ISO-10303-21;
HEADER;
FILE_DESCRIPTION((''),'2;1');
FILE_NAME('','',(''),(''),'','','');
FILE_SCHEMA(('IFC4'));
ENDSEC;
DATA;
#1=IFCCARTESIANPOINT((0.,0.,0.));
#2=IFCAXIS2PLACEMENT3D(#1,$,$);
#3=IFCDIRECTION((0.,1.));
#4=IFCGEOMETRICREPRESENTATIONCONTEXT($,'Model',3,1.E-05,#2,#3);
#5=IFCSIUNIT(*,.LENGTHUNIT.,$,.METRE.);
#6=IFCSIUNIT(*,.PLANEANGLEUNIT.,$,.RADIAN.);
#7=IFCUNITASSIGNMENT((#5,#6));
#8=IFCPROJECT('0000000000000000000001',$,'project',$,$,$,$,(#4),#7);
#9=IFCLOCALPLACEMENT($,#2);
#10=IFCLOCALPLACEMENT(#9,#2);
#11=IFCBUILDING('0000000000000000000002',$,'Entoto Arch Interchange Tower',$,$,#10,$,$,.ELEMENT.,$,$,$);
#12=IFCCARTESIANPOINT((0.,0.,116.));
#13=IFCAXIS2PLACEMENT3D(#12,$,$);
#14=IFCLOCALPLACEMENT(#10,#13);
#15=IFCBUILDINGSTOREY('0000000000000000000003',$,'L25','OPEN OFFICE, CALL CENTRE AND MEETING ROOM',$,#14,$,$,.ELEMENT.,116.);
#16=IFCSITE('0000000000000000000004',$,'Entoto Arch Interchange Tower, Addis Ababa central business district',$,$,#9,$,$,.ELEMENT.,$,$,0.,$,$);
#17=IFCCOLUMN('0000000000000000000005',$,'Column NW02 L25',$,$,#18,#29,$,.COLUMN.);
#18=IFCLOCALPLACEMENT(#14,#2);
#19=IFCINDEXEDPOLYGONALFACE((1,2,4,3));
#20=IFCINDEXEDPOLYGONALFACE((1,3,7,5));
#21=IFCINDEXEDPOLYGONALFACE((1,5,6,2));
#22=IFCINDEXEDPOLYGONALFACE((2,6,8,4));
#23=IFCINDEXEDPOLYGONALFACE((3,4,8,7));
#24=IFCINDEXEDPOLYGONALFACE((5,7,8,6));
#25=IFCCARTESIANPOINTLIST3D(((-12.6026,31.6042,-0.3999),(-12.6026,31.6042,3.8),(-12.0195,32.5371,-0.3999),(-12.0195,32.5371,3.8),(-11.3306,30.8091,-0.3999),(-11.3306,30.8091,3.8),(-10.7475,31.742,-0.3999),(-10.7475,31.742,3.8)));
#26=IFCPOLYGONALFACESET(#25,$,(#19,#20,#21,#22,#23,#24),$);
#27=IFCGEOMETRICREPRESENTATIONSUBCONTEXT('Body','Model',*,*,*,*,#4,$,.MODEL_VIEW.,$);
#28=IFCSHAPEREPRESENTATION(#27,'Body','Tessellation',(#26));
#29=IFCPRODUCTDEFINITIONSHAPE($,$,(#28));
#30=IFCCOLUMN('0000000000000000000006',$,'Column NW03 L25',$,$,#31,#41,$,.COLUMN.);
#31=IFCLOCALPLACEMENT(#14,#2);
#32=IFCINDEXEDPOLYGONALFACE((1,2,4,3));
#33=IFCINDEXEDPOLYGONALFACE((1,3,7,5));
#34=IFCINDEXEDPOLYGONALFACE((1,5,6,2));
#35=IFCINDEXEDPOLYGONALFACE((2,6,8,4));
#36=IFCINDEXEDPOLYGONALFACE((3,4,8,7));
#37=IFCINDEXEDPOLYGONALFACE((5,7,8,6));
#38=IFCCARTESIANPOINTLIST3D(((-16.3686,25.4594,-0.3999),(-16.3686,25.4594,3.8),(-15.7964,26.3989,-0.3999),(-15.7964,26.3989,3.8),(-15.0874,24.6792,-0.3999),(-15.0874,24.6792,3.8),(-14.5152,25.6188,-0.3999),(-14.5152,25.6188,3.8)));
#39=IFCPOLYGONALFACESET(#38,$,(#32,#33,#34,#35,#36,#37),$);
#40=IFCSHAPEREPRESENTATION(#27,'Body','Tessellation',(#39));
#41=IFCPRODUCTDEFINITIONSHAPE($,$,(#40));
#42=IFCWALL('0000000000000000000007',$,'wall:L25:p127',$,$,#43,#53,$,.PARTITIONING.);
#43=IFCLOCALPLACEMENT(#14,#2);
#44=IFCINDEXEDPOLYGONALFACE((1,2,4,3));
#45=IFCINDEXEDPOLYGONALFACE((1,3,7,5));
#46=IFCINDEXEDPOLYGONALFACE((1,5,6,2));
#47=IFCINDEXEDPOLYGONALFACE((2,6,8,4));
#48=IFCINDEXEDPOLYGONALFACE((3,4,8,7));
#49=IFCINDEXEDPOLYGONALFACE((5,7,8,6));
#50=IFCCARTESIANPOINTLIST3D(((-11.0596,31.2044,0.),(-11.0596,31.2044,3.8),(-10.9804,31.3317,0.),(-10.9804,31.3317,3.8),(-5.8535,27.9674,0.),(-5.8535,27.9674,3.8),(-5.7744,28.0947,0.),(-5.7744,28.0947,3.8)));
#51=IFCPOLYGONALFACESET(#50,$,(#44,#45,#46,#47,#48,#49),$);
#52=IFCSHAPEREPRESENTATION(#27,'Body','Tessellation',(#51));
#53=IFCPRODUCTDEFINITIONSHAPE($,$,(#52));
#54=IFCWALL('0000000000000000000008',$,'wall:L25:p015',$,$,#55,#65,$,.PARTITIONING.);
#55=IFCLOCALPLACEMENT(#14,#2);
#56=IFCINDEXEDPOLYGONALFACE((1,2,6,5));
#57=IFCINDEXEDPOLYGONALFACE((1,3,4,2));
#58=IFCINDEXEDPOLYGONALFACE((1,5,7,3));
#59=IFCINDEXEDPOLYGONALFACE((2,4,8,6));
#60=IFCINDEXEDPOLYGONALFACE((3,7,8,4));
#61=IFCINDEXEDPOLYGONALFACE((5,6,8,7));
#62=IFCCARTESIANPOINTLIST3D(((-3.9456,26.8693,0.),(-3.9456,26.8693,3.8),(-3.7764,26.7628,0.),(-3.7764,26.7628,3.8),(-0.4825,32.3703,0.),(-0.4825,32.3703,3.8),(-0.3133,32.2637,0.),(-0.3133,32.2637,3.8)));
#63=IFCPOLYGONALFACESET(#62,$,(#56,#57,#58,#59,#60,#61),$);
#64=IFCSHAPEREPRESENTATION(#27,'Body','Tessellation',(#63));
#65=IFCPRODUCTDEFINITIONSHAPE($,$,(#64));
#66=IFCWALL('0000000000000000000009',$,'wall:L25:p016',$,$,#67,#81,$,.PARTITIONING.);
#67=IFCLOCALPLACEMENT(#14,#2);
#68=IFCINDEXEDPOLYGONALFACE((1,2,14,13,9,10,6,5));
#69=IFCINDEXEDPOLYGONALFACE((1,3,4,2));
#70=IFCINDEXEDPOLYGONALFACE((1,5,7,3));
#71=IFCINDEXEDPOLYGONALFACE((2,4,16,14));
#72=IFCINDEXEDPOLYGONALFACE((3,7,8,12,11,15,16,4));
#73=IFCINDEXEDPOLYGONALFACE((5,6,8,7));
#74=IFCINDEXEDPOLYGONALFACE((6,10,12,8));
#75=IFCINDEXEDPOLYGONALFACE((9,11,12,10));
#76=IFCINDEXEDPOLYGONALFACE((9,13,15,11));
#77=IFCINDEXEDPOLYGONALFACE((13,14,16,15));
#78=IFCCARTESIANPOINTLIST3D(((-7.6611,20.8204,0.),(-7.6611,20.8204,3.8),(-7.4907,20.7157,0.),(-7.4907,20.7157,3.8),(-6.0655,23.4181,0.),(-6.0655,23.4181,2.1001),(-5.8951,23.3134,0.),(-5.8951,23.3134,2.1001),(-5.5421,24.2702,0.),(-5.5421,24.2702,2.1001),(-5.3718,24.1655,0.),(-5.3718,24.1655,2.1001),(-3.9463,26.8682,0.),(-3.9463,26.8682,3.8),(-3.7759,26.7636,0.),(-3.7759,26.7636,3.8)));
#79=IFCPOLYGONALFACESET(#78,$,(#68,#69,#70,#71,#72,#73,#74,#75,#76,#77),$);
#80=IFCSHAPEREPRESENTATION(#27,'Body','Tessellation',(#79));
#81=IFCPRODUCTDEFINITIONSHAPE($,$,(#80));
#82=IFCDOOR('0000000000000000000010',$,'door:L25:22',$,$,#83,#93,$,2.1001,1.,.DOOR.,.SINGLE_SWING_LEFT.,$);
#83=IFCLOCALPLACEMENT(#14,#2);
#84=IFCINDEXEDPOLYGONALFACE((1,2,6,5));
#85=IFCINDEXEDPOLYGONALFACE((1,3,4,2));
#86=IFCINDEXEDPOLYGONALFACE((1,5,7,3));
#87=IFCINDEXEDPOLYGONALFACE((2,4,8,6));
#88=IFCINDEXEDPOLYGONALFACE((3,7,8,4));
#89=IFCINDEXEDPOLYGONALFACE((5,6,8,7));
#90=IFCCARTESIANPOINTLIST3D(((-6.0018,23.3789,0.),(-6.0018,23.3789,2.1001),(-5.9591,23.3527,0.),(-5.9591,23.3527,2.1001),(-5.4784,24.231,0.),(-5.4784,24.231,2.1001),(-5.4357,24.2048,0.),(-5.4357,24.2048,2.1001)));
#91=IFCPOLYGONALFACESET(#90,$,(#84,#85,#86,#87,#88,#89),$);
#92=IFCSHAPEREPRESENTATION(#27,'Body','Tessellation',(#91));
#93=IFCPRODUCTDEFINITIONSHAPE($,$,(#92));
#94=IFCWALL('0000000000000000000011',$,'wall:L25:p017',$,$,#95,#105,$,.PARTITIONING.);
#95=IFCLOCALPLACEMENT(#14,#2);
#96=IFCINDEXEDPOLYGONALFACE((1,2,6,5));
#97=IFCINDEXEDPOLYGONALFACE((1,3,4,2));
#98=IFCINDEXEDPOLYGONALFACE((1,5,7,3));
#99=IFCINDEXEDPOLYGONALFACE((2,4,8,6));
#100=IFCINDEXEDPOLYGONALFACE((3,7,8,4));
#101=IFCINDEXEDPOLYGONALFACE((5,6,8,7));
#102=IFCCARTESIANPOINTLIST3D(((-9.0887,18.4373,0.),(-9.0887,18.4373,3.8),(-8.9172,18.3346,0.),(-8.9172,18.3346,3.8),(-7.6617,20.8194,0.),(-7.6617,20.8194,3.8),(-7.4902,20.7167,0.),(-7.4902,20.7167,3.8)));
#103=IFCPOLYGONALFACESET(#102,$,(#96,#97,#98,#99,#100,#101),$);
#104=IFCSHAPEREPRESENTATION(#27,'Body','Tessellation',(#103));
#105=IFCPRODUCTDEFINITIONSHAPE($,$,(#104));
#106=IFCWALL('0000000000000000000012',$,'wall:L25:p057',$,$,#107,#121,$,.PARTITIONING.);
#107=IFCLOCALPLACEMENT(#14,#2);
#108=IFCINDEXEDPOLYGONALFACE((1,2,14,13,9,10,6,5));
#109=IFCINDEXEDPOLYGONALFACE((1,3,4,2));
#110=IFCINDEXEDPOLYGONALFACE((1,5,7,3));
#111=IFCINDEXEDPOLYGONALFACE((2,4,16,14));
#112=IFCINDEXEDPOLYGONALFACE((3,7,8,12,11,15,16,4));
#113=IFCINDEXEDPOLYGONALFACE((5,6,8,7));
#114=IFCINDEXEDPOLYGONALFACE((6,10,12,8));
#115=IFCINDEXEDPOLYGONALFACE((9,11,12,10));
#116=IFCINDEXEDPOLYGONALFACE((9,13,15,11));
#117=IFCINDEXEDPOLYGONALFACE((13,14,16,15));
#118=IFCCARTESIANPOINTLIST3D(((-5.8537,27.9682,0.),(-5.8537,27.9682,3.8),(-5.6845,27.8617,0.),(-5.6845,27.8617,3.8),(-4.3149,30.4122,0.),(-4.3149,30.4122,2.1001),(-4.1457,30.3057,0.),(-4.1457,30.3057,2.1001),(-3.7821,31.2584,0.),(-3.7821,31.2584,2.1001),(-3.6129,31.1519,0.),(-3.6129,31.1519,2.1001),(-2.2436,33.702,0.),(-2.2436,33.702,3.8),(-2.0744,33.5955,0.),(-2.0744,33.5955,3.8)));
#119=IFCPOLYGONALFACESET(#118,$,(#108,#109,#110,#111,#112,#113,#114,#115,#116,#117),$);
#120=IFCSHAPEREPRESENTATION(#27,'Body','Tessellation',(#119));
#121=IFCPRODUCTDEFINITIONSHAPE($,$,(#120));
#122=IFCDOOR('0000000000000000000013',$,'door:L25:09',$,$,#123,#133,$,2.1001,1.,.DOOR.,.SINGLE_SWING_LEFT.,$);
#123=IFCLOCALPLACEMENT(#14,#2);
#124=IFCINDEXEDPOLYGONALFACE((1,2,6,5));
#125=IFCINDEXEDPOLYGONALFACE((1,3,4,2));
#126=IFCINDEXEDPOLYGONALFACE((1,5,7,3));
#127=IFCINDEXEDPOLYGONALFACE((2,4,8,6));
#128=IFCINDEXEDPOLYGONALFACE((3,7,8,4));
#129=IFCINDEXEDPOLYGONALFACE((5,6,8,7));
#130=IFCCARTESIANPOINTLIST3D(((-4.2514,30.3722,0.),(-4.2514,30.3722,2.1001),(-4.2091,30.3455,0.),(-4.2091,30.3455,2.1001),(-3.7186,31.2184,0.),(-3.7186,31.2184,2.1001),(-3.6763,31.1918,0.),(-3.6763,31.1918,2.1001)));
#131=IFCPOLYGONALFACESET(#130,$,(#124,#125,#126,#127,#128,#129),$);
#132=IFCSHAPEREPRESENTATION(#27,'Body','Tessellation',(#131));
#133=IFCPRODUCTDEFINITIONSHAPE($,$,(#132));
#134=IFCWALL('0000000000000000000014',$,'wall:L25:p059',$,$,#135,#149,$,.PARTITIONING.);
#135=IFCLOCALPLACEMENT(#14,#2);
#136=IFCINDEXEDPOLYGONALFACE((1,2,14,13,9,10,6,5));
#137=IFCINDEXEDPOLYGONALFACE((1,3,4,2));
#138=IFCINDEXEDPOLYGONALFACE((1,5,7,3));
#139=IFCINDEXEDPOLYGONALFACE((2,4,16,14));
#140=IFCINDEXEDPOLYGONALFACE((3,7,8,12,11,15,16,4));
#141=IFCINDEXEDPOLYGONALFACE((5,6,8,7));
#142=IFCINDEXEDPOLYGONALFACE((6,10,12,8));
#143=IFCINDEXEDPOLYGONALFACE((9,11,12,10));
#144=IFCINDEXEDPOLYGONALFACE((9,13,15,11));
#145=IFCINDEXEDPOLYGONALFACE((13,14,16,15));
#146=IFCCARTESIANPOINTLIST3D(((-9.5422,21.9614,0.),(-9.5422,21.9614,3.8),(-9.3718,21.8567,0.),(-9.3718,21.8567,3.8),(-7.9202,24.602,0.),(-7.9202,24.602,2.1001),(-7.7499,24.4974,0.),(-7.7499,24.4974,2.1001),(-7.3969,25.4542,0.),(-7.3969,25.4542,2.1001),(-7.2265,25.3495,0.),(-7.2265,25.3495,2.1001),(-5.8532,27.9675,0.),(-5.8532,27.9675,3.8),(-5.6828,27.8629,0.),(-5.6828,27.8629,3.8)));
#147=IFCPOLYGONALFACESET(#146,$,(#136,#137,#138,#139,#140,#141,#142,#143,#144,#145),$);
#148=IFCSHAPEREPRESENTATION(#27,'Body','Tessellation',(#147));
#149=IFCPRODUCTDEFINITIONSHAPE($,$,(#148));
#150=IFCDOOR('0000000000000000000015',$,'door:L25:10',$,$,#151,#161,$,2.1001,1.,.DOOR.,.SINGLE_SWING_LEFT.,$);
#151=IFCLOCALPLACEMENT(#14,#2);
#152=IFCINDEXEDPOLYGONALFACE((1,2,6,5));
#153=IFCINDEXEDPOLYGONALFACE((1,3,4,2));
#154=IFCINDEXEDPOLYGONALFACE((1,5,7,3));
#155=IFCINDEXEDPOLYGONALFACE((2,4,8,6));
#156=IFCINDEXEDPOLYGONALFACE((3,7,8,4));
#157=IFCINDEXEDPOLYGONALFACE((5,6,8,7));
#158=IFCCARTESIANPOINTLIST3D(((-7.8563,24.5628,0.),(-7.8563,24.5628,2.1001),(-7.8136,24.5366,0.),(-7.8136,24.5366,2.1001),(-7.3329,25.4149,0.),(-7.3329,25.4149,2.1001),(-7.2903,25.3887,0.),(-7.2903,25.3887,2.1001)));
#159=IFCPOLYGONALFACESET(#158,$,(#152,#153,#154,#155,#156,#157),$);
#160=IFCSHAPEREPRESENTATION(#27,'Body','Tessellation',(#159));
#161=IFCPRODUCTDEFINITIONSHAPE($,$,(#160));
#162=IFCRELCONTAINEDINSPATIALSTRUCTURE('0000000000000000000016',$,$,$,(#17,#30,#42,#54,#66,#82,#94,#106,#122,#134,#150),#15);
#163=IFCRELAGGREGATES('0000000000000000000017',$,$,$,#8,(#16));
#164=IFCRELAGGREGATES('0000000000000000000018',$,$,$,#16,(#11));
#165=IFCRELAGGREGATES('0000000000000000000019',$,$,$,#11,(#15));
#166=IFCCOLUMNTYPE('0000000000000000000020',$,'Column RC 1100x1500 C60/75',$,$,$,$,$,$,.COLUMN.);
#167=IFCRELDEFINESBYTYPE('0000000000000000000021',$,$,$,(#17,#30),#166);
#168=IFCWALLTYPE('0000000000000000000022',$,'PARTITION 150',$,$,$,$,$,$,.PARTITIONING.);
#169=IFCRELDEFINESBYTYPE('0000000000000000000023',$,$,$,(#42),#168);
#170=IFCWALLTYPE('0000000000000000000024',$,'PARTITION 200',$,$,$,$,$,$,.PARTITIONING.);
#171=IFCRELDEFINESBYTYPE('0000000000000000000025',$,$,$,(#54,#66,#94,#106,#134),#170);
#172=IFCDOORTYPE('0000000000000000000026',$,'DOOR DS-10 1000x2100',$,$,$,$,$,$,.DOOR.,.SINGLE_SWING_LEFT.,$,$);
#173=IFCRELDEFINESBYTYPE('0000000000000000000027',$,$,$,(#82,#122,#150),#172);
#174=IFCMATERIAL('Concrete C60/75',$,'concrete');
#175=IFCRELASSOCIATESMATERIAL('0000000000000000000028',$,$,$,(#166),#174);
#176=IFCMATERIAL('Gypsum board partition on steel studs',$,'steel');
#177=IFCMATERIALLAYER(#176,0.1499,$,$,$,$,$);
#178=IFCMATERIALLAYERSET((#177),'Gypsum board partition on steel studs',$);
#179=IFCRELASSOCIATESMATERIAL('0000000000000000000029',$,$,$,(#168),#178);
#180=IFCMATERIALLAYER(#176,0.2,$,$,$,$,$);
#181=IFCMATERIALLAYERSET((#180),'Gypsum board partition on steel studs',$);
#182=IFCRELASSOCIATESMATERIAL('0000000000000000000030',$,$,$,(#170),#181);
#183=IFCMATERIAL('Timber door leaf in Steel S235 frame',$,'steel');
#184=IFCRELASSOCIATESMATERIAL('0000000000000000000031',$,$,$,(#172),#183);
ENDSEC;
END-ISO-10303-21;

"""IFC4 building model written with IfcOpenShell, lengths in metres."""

from ifc_helpers import new_model, si_unit, direction, frame, frame_2d, origin, origin_2d, place, context, subcontext, project, spatial, rectangle, extrude, material, layer, layer_set, material_profile, profile_set, type_object, element, fill, save


model = new_model("IFC4")

# Units and contexts
model_context = context("Model", 3, precision=1e-05, world=origin(), true_north=direction((0.0, 1.0)))
body_context = subcontext(model_context, "Body", "Model", "MODEL_VIEW")
ifc_project = project(units=[si_unit("LENGTHUNIT", "METRE"), si_unit("PLANEANGLEUNIT", "RADIAN")], contexts=[model_context])

# Site, building, storey
site_placement = place(None, origin())
site = spatial("IfcSite", under=ifc_project, at=site_placement, Name="Entoto Arch Interchange Tower, Addis Ababa central business district", CompositionType="ELEMENT", RefElevation=0.0)
building_placement = place(site_placement, origin())
building = spatial("IfcBuilding", under=site, at=building_placement, Name="Entoto Arch Interchange Tower", CompositionType="ELEMENT")
storey_placement = place(building_placement, frame((0.0, 0.0, 116.0)))
storey = spatial("IfcBuildingStorey", under=building, at=storey_placement, Name="L25", Description="OPEN OFFICE, CALL CENTRE AND MEETING ROOM", CompositionType="ELEMENT", Elevation=116.0)

# Columns
ifc_material_1 = material(Name="Concrete C60/75", Category="concrete")
ifc_material_profile = material_profile(ifc_material_1, rectangle(XDim=1.1001, YDim=1.5, at=origin_2d()))
ifc_profile_set = profile_set([ifc_material_profile], Name="Concrete C60/75")
column_type = type_object("IfcColumnType", Name="Column RC 1100x1500 C60/75", PredefinedType="COLUMN", material=ifc_profile_set)
for number, where, z_axis, x_axis, name in (
    (1, (-11.675, 31.6731, -0.3999), (0.0, 0.0, 1.0), (0.530067, 0.847956, 0.0), "Column NW02 L25"),
    (2, (-15.4419, 25.5391, -0.3999), (0.0, 0.0, 1.0), (0.520116, 0.854096, 0.0), "Column NW03 L25"),
):
    element("IfcColumn", number, at=place(storey_placement, frame(where, z_axis=z_axis, x_axis=x_axis)), inside=storey, type_object=column_type, Name=name, PredefinedType="COLUMN", context=body_context, shape_type="SweptSolid", body=[
        extrude(rectangle(XDim=1.1001, YDim=1.5, at=origin_2d()), origin(), (0.0, 0.0, 1.0), 4.2),
    ])

# Walls
ifc_material_2 = material(Name="Gypsum board partition on steel studs", Category="steel")
ifc_layer_1 = layer(ifc_material_2, 0.1499)
ifc_layer_set_1 = layer_set([ifc_layer_1], Name="Gypsum board partition on steel studs")
wall_type_1 = type_object("IfcWallType", Name="PARTITION 150", PredefinedType="PARTITIONING", material=ifc_layer_set_1)
wall_1_placement = place(storey_placement, frame((-5.814, 28.031, 0.0), z_axis=(0.0, 0.0, 1.0), x_axis=(-0.849222, 0.528036, 0.0)))
element("IfcWall", 3, at=wall_1_placement, inside=storey, type_object=wall_type_1, Name="wall:L25:p127", PredefinedType="PARTITIONING", context=body_context, shape_type="SweptSolid", body=[
    extrude(rectangle(XDim=6.1304, YDim=0.1499, at=frame_2d((3.0652, 0.0))), origin(), (0.0, 0.0, 1.0), 3.8),
])
ifc_layer_2 = layer(ifc_material_2, 0.2)
ifc_layer_set_2 = layer_set([ifc_layer_2], Name="Gypsum board partition on steel studs")
wall_type_2 = type_object("IfcWallType", Name="PARTITION 200", PredefinedType="PARTITIONING", material=ifc_layer_set_2)
wall_2_placement = place(storey_placement, frame((-0.3979, 32.3169, 0.0), z_axis=(0.0, 0.0, 1.0), x_axis=(-0.532764, -0.846264, 0.0)))
element("IfcWall", 4, at=wall_2_placement, inside=storey, type_object=wall_type_2, Name="wall:L25:p015", PredefinedType="PARTITIONING", context=body_context, shape_type="SweptSolid", body=[
    extrude(rectangle(XDim=6.5002, YDim=0.2, at=frame_2d((3.25, 0.0))), origin(), (0.0, 0.0, 1.0), 3.8),
])

# Wall, opening, door
wall_3_placement = place(storey_placement, frame((-3.8611, 26.8159, 0.0), z_axis=(0.0, 0.0, 1.0), x_axis=(-0.523391, -0.852093, 0.0)))
wall_3 = element("IfcWall", 5, at=wall_3_placement, inside=storey, type_object=wall_type_2, Name="wall:L25:p016", PredefinedType="PARTITIONING", context=body_context, shape_type="SweptSolid", body=[
    extrude(rectangle(XDim=7.0977, YDim=0.2, at=frame_2d((3.5488, 0.0))), origin(), (0.0, 0.0, 1.0), 3.8),
])
opening_1_placement = place(wall_3_placement, frame((3.0491, 0.0, 0.0)))
opening_1 = element("IfcOpeningElement", 6, at=opening_1_placement, cuts=wall_3, PredefinedType="OPENING", context=body_context, shape_type="SweptSolid", body=[
    extrude(rectangle(XDim=1.0, YDim=2.1001, at=frame_2d((0.5, 1.05))), frame((0.0, 0.1099, 0.0), z_axis=(0.0, -1.0, 0.0), x_axis=(1.0, 0.0, 0.0)), (0.0, 0.0, 1.0), 0.22),
])
ifc_material_3 = material(Name="Timber door leaf in Steel S235 frame", Category="steel")
door_type = type_object("IfcDoorType", Name="DOOR DS-10 1000x2100", OperationType="SINGLE_SWING_LEFT", PredefinedType="DOOR", material=ifc_material_3)
door_1_placement = place(opening_1_placement, origin())
door_1 = element("IfcDoor", 7, at=door_1_placement, inside=storey, type_object=door_type, Name="door:L25:22", OperationType="SINGLE_SWING_LEFT", OverallHeight=2.1001, OverallWidth=1.0, PredefinedType="DOOR", context=body_context, shape_type="SweptSolid", body=[
    extrude(rectangle(XDim=1.0, YDim=2.1001, at=frame_2d((0.5, 1.05))), frame((0.0, 0.0249, 0.0), z_axis=(0.0, -1.0, 0.0), x_axis=(1.0, 0.0, 0.0)), (0.0, 0.0, 1.0), 0.05),
])
fill(opening_1, door_1)

# Wall
wall_4_placement = place(storey_placement, frame((-7.5759, 20.7681, 0.0), z_axis=(0.0, 0.0, 1.0), x_axis=(-0.513901, -0.85785, 0.0)))
element("IfcWall", 8, at=wall_4_placement, inside=storey, type_object=wall_type_2, Name="wall:L25:p017", PredefinedType="PARTITIONING", context=body_context, shape_type="SweptSolid", body=[
    extrude(rectangle(XDim=2.7769, YDim=0.2, at=frame_2d((1.3884, 0.0))), origin(), (0.0, 0.0, 1.0), 3.8),
])

# Walls, openings, doors
wall_5_placement = place(storey_placement, frame((-5.769, 27.915, 0.0), z_axis=(0.0, 0.0, 1.0), x_axis=(0.532801, 0.846241, 0.0)))
wall_5 = element("IfcWall", 9, at=wall_5_placement, inside=storey, type_object=wall_type_2, Name="wall:L25:p057", PredefinedType="PARTITIONING", context=body_context, shape_type="SweptSolid", body=[
    extrude(rectangle(XDim=6.7756, YDim=0.2, at=frame_2d((3.3877, 0.0))), origin(), (0.0, 0.0, 1.0), 3.8),
])
opening_2_placement = place(wall_5_placement, frame((2.8879, 0.0, 0.0)))
opening_2 = element("IfcOpeningElement", 10, at=opening_2_placement, cuts=wall_5, PredefinedType="OPENING", context=body_context, shape_type="SweptSolid", body=[
    extrude(rectangle(XDim=1.0, YDim=2.1001, at=frame_2d((0.5, 1.05))), frame((0.0, 0.1099, 0.0), z_axis=(0.0, -1.0, 0.0), x_axis=(1.0, 0.0, 0.0)), (0.0, 0.0, 1.0), 0.22),
])
door_2_placement = place(opening_2_placement, origin())
door_2 = element("IfcDoor", 11, at=door_2_placement, inside=storey, type_object=door_type, Name="door:L25:09", OperationType="SINGLE_SWING_LEFT", OverallHeight=2.1001, OverallWidth=1.0, PredefinedType="DOOR", context=body_context, shape_type="SweptSolid", body=[
    extrude(rectangle(XDim=1.0, YDim=2.1001, at=frame_2d((0.5, 1.05))), frame((0.0, 0.0249, 0.0), z_axis=(0.0, -1.0, 0.0), x_axis=(1.0, 0.0, 0.0)), (0.0, 0.0, 1.0), 0.05),
])
fill(opening_2, door_2)
wall_6_placement = place(storey_placement, frame((-9.457, 21.9089, 0.0), z_axis=(0.0, 0.0, 1.0), x_axis=(0.523367, 0.852108, 0.0)))
wall_6 = element("IfcWall", 12, at=wall_6_placement, inside=storey, type_object=wall_type_2, Name="wall:L25:p059", PredefinedType="PARTITIONING", context=body_context, shape_type="SweptSolid", body=[
    extrude(rectangle(XDim=7.0486, YDim=0.2, at=frame_2d((3.5244, 0.0))), origin(), (0.0, 0.0, 1.0), 3.8),
])
opening_3_placement = place(wall_6_placement, frame((3.0991, 0.0, 0.0)))
opening_3 = element("IfcOpeningElement", 13, at=opening_3_placement, cuts=wall_6, PredefinedType="OPENING", context=body_context, shape_type="SweptSolid", body=[
    extrude(rectangle(XDim=1.0, YDim=2.1001, at=frame_2d((0.5, 1.05))), frame((0.0, 0.1099, 0.0), z_axis=(0.0, -1.0, 0.0), x_axis=(1.0, 0.0, 0.0)), (0.0, 0.0, 1.0), 0.22),
])
door_3_placement = place(opening_3_placement, origin())
door_3 = element("IfcDoor", 14, at=door_3_placement, inside=storey, type_object=door_type, Name="door:L25:10", OperationType="SINGLE_SWING_LEFT", OverallHeight=2.1001, OverallWidth=1.0, PredefinedType="DOOR", context=body_context, shape_type="SweptSolid", body=[
    extrude(rectangle(XDim=1.0, YDim=2.1001, at=frame_2d((0.5, 1.05))), frame((0.0, 0.0249, 0.0), z_axis=(0.0, -1.0, 0.0), x_axis=(1.0, 0.0, 0.0)), (0.0, 0.0, 1.0), 0.05),
])
fill(opening_3, door_3)

save(model, "model.ifc")
